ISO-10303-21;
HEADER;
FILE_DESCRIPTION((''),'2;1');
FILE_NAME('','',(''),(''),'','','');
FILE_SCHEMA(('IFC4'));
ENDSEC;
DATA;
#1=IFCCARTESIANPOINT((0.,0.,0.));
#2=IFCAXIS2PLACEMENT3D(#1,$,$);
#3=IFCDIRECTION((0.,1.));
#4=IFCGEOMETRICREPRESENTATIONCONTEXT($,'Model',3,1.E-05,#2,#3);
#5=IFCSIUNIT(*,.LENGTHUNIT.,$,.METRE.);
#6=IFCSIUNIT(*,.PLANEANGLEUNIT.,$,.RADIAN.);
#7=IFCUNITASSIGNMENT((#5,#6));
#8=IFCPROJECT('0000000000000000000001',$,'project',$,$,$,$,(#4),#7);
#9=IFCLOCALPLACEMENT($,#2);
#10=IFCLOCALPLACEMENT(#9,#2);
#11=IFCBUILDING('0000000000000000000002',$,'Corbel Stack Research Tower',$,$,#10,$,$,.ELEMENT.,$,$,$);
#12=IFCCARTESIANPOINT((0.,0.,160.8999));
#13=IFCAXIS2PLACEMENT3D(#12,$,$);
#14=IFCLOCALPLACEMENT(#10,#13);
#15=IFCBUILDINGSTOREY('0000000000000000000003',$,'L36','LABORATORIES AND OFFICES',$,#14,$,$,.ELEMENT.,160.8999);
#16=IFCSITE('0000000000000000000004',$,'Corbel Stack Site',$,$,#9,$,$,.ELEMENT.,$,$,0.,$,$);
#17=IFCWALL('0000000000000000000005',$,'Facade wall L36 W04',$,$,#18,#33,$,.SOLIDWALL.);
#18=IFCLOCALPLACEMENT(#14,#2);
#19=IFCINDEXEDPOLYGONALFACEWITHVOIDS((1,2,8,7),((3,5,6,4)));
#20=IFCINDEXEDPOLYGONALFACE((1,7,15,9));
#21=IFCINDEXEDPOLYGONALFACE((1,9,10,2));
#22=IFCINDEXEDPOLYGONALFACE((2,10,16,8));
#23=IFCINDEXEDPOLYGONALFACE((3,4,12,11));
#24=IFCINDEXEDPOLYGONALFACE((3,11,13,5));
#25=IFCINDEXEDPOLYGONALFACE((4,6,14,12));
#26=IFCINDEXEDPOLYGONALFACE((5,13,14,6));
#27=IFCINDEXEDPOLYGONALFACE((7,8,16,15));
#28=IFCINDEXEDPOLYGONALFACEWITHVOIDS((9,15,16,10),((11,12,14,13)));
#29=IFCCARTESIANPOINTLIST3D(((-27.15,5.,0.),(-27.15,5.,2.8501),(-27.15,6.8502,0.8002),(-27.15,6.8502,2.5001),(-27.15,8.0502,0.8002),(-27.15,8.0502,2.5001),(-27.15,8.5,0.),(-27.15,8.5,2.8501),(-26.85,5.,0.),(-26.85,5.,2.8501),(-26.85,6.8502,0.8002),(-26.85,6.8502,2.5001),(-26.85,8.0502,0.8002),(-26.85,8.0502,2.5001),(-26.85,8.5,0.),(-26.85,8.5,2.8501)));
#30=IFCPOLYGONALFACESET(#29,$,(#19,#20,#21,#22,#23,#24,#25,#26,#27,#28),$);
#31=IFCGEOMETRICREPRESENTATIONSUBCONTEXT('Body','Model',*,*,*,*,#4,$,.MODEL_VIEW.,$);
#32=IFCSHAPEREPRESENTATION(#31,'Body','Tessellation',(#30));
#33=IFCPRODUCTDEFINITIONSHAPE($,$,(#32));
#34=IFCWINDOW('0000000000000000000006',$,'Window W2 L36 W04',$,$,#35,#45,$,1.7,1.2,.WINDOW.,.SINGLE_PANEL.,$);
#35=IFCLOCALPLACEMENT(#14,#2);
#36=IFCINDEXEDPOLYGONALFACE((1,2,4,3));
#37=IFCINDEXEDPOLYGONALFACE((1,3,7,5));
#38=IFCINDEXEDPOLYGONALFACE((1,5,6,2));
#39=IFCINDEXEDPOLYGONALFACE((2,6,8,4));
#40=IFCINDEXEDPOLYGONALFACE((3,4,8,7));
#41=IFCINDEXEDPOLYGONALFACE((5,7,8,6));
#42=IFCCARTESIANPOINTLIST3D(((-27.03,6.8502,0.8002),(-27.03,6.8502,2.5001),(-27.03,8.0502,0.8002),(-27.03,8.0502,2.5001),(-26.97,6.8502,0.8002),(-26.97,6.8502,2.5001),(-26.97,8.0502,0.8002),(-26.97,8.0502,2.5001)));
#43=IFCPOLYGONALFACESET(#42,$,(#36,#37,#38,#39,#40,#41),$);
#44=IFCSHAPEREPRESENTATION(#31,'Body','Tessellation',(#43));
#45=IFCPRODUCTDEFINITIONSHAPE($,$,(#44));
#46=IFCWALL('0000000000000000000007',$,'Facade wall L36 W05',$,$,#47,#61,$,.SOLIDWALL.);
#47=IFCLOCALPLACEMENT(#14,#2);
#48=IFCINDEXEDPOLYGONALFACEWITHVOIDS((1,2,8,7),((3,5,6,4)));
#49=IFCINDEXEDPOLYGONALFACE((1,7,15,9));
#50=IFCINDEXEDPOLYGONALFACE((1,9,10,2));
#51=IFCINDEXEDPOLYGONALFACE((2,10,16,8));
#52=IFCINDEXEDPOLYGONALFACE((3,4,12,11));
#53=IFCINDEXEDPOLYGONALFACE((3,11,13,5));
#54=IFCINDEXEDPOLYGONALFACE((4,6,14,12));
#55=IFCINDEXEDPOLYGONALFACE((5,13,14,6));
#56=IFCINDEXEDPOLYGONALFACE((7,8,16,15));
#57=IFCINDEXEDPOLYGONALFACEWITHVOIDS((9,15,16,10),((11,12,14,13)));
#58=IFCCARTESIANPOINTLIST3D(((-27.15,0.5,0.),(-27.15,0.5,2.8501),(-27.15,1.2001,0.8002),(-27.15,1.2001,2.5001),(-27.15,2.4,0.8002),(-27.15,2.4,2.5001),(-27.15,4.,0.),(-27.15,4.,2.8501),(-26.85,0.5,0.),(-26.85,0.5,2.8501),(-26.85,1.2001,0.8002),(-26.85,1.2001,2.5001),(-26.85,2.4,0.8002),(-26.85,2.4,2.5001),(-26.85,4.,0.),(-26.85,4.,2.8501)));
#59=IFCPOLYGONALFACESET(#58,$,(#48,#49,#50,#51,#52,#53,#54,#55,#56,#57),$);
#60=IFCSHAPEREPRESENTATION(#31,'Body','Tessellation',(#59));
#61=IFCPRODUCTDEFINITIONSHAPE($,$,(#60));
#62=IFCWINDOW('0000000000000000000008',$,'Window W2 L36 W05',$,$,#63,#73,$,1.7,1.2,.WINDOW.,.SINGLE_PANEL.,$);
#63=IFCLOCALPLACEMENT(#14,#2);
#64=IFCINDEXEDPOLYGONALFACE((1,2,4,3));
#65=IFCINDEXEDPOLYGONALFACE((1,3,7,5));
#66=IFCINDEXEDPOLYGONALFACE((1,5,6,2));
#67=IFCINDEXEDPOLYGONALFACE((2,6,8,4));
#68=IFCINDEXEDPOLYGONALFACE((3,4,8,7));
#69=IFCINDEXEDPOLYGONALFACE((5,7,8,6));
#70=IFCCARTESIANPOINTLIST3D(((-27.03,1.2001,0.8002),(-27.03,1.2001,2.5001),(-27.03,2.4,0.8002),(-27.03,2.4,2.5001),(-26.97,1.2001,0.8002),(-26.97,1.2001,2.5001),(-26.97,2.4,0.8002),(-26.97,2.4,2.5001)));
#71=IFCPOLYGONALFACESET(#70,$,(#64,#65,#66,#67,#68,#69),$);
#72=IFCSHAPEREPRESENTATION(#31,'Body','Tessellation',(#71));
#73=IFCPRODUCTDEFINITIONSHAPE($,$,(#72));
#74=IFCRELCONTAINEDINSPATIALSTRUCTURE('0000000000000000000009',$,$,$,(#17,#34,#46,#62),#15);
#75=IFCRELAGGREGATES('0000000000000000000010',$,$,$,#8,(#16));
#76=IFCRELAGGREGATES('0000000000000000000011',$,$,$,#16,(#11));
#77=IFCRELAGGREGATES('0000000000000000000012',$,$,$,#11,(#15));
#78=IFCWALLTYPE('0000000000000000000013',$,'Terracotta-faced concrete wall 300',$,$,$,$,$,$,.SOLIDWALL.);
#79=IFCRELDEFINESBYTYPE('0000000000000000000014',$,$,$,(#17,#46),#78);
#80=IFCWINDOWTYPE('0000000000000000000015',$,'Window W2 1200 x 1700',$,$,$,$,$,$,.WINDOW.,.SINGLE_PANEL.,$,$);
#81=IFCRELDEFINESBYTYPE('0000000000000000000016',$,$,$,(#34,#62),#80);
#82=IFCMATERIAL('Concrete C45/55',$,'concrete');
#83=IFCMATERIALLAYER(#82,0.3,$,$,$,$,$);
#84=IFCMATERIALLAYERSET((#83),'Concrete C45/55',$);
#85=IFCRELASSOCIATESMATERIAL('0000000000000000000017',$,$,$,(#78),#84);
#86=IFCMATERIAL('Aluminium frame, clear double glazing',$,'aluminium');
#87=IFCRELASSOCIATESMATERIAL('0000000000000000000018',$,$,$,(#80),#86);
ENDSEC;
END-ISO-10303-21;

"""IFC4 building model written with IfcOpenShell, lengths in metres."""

from ifc_helpers import new_model, si_unit, direction, frame, frame_2d, origin, place, context, subcontext, project, spatial, rectangle, extrude, material, layer, layer_set, type_object, element, fill, save


model = new_model("IFC4")

# Units and contexts
model_context = context("Model", 3, precision=1e-05, world=origin(), true_north=direction((0.0, 1.0)))
body_context = subcontext(model_context, "Body", "Model", "MODEL_VIEW")
ifc_project = project(units=[si_unit("LENGTHUNIT", "METRE"), si_unit("PLANEANGLEUNIT", "RADIAN")], contexts=[model_context])

# Site, building, storey
site_placement = place(None, origin())
site = spatial("IfcSite", under=ifc_project, at=site_placement, Name="Corbel Stack Site", CompositionType="ELEMENT", RefElevation=0.0)
building_placement = place(site_placement, origin())
building = spatial("IfcBuilding", under=site, at=building_placement, Name="Corbel Stack Research Tower", CompositionType="ELEMENT")
storey_placement = place(building_placement, frame((0.0, 0.0, 160.8999)))
storey = spatial("IfcBuildingStorey", under=building, at=storey_placement, Name="L36", Description="LABORATORIES AND OFFICES", CompositionType="ELEMENT", Elevation=160.8999)

# Walls, openings, windows
ifc_material_1 = material(Name="Concrete C45/55", Category="concrete")
ifc_layer_1 = layer(ifc_material_1, 0.3)
ifc_layer_set_1 = layer_set([ifc_layer_1], Name="Concrete C45/55")
wall_type_1 = type_object("IfcWallType", Name="Terracotta-faced concrete wall 300", PredefinedType="SOLIDWALL", material=ifc_layer_set_1)
wall_1_placement = place(storey_placement, frame((-27.0, 5.0, 0.0), z_axis=(0.0, 0.0, 1.0), x_axis=(0.0, 1.0, 0.0)))
wall_1 = element("IfcWall", 1, at=wall_1_placement, inside=storey, type_object=wall_type_1, Name="Facade wall L36 W04", PredefinedType="SOLIDWALL", context=body_context, shape_type="SweptSolid", body=[
    extrude(rectangle(XDim=3.5, YDim=0.3, at=frame_2d((1.75, 0.0))), origin(), (0.0, 0.0, 1.0), 2.8501),
])
opening_1_placement = place(wall_1_placement, frame((1.8501, 0.0, 0.8)))
opening_1 = element("IfcOpeningElement", 2, at=opening_1_placement, cuts=wall_1, PredefinedType="OPENING", context=body_context, shape_type="SweptSolid", body=[
    extrude(rectangle(XDim=1.2, YDim=1.7, at=frame_2d((0.6001, 0.8501))), frame((0.0, 0.1599, 0.0), z_axis=(0.0, -1.0, 0.0), x_axis=(1.0, 0.0, 0.0)), (0.0, 0.0, 1.0), 0.3201),
])
ifc_material_2 = material(Name="Aluminium frame, clear double glazing", Category="aluminium")
window_type = type_object("IfcWindowType", Name="Window W2 1200 x 1700", PartitioningType="SINGLE_PANEL", PredefinedType="WINDOW", material=ifc_material_2)
window_1_placement = place(opening_1_placement, origin())
window_1 = element("IfcWindow", 3, at=window_1_placement, inside=storey, type_object=window_type, Name="Window W2 L36 W04", OverallHeight=1.7, OverallWidth=1.2, PartitioningType="SINGLE_PANEL", PredefinedType="WINDOW", context=body_context, shape_type="SweptSolid", body=[
    extrude(rectangle(XDim=1.2, YDim=1.7, at=frame_2d((0.6001, 0.8501))), frame((0.0, 0.03, 0.0), z_axis=(0.0, -1.0, 0.0), x_axis=(1.0, 0.0, 0.0)), (0.0, 0.0, 1.0), 0.0601),
])
fill(opening_1, window_1)
wall_2_placement = place(storey_placement, frame((-27.0, 0.5, 0.0), z_axis=(0.0, 0.0, 1.0), x_axis=(0.0, 1.0, 0.0)))
wall_2 = element("IfcWall", 4, at=wall_2_placement, inside=storey, type_object=wall_type_1, Name="Facade wall L36 W05", PredefinedType="SOLIDWALL", context=body_context, shape_type="SweptSolid", body=[
    extrude(rectangle(XDim=3.5, YDim=0.3, at=frame_2d((1.75, 0.0))), origin(), (0.0, 0.0, 1.0), 2.8501),
])
opening_2_placement = place(wall_2_placement, frame((0.7, 0.0, 0.8)))
opening_2 = element("IfcOpeningElement", 5, at=opening_2_placement, cuts=wall_2, PredefinedType="OPENING", context=body_context, shape_type="SweptSolid", body=[
    extrude(rectangle(XDim=1.2, YDim=1.7, at=frame_2d((0.6001, 0.8501))), frame((0.0, 0.1599, 0.0), z_axis=(0.0, -1.0, 0.0), x_axis=(1.0, 0.0, 0.0)), (0.0, 0.0, 1.0), 0.3201),
])
window_2_placement = place(opening_2_placement, origin())
window_2 = element("IfcWindow", 6, at=window_2_placement, inside=storey, type_object=window_type, Name="Window W2 L36 W05", OverallHeight=1.7, OverallWidth=1.2, PartitioningType="SINGLE_PANEL", PredefinedType="WINDOW", context=body_context, shape_type="SweptSolid", body=[
    extrude(rectangle(XDim=1.2, YDim=1.7, at=frame_2d((0.6001, 0.8501))), frame((0.0, 0.03, 0.0), z_axis=(0.0, -1.0, 0.0), x_axis=(1.0, 0.0, 0.0)), (0.0, 0.0, 1.0), 0.0601),
])
fill(opening_2, window_2)

save(model, "model.ifc")
